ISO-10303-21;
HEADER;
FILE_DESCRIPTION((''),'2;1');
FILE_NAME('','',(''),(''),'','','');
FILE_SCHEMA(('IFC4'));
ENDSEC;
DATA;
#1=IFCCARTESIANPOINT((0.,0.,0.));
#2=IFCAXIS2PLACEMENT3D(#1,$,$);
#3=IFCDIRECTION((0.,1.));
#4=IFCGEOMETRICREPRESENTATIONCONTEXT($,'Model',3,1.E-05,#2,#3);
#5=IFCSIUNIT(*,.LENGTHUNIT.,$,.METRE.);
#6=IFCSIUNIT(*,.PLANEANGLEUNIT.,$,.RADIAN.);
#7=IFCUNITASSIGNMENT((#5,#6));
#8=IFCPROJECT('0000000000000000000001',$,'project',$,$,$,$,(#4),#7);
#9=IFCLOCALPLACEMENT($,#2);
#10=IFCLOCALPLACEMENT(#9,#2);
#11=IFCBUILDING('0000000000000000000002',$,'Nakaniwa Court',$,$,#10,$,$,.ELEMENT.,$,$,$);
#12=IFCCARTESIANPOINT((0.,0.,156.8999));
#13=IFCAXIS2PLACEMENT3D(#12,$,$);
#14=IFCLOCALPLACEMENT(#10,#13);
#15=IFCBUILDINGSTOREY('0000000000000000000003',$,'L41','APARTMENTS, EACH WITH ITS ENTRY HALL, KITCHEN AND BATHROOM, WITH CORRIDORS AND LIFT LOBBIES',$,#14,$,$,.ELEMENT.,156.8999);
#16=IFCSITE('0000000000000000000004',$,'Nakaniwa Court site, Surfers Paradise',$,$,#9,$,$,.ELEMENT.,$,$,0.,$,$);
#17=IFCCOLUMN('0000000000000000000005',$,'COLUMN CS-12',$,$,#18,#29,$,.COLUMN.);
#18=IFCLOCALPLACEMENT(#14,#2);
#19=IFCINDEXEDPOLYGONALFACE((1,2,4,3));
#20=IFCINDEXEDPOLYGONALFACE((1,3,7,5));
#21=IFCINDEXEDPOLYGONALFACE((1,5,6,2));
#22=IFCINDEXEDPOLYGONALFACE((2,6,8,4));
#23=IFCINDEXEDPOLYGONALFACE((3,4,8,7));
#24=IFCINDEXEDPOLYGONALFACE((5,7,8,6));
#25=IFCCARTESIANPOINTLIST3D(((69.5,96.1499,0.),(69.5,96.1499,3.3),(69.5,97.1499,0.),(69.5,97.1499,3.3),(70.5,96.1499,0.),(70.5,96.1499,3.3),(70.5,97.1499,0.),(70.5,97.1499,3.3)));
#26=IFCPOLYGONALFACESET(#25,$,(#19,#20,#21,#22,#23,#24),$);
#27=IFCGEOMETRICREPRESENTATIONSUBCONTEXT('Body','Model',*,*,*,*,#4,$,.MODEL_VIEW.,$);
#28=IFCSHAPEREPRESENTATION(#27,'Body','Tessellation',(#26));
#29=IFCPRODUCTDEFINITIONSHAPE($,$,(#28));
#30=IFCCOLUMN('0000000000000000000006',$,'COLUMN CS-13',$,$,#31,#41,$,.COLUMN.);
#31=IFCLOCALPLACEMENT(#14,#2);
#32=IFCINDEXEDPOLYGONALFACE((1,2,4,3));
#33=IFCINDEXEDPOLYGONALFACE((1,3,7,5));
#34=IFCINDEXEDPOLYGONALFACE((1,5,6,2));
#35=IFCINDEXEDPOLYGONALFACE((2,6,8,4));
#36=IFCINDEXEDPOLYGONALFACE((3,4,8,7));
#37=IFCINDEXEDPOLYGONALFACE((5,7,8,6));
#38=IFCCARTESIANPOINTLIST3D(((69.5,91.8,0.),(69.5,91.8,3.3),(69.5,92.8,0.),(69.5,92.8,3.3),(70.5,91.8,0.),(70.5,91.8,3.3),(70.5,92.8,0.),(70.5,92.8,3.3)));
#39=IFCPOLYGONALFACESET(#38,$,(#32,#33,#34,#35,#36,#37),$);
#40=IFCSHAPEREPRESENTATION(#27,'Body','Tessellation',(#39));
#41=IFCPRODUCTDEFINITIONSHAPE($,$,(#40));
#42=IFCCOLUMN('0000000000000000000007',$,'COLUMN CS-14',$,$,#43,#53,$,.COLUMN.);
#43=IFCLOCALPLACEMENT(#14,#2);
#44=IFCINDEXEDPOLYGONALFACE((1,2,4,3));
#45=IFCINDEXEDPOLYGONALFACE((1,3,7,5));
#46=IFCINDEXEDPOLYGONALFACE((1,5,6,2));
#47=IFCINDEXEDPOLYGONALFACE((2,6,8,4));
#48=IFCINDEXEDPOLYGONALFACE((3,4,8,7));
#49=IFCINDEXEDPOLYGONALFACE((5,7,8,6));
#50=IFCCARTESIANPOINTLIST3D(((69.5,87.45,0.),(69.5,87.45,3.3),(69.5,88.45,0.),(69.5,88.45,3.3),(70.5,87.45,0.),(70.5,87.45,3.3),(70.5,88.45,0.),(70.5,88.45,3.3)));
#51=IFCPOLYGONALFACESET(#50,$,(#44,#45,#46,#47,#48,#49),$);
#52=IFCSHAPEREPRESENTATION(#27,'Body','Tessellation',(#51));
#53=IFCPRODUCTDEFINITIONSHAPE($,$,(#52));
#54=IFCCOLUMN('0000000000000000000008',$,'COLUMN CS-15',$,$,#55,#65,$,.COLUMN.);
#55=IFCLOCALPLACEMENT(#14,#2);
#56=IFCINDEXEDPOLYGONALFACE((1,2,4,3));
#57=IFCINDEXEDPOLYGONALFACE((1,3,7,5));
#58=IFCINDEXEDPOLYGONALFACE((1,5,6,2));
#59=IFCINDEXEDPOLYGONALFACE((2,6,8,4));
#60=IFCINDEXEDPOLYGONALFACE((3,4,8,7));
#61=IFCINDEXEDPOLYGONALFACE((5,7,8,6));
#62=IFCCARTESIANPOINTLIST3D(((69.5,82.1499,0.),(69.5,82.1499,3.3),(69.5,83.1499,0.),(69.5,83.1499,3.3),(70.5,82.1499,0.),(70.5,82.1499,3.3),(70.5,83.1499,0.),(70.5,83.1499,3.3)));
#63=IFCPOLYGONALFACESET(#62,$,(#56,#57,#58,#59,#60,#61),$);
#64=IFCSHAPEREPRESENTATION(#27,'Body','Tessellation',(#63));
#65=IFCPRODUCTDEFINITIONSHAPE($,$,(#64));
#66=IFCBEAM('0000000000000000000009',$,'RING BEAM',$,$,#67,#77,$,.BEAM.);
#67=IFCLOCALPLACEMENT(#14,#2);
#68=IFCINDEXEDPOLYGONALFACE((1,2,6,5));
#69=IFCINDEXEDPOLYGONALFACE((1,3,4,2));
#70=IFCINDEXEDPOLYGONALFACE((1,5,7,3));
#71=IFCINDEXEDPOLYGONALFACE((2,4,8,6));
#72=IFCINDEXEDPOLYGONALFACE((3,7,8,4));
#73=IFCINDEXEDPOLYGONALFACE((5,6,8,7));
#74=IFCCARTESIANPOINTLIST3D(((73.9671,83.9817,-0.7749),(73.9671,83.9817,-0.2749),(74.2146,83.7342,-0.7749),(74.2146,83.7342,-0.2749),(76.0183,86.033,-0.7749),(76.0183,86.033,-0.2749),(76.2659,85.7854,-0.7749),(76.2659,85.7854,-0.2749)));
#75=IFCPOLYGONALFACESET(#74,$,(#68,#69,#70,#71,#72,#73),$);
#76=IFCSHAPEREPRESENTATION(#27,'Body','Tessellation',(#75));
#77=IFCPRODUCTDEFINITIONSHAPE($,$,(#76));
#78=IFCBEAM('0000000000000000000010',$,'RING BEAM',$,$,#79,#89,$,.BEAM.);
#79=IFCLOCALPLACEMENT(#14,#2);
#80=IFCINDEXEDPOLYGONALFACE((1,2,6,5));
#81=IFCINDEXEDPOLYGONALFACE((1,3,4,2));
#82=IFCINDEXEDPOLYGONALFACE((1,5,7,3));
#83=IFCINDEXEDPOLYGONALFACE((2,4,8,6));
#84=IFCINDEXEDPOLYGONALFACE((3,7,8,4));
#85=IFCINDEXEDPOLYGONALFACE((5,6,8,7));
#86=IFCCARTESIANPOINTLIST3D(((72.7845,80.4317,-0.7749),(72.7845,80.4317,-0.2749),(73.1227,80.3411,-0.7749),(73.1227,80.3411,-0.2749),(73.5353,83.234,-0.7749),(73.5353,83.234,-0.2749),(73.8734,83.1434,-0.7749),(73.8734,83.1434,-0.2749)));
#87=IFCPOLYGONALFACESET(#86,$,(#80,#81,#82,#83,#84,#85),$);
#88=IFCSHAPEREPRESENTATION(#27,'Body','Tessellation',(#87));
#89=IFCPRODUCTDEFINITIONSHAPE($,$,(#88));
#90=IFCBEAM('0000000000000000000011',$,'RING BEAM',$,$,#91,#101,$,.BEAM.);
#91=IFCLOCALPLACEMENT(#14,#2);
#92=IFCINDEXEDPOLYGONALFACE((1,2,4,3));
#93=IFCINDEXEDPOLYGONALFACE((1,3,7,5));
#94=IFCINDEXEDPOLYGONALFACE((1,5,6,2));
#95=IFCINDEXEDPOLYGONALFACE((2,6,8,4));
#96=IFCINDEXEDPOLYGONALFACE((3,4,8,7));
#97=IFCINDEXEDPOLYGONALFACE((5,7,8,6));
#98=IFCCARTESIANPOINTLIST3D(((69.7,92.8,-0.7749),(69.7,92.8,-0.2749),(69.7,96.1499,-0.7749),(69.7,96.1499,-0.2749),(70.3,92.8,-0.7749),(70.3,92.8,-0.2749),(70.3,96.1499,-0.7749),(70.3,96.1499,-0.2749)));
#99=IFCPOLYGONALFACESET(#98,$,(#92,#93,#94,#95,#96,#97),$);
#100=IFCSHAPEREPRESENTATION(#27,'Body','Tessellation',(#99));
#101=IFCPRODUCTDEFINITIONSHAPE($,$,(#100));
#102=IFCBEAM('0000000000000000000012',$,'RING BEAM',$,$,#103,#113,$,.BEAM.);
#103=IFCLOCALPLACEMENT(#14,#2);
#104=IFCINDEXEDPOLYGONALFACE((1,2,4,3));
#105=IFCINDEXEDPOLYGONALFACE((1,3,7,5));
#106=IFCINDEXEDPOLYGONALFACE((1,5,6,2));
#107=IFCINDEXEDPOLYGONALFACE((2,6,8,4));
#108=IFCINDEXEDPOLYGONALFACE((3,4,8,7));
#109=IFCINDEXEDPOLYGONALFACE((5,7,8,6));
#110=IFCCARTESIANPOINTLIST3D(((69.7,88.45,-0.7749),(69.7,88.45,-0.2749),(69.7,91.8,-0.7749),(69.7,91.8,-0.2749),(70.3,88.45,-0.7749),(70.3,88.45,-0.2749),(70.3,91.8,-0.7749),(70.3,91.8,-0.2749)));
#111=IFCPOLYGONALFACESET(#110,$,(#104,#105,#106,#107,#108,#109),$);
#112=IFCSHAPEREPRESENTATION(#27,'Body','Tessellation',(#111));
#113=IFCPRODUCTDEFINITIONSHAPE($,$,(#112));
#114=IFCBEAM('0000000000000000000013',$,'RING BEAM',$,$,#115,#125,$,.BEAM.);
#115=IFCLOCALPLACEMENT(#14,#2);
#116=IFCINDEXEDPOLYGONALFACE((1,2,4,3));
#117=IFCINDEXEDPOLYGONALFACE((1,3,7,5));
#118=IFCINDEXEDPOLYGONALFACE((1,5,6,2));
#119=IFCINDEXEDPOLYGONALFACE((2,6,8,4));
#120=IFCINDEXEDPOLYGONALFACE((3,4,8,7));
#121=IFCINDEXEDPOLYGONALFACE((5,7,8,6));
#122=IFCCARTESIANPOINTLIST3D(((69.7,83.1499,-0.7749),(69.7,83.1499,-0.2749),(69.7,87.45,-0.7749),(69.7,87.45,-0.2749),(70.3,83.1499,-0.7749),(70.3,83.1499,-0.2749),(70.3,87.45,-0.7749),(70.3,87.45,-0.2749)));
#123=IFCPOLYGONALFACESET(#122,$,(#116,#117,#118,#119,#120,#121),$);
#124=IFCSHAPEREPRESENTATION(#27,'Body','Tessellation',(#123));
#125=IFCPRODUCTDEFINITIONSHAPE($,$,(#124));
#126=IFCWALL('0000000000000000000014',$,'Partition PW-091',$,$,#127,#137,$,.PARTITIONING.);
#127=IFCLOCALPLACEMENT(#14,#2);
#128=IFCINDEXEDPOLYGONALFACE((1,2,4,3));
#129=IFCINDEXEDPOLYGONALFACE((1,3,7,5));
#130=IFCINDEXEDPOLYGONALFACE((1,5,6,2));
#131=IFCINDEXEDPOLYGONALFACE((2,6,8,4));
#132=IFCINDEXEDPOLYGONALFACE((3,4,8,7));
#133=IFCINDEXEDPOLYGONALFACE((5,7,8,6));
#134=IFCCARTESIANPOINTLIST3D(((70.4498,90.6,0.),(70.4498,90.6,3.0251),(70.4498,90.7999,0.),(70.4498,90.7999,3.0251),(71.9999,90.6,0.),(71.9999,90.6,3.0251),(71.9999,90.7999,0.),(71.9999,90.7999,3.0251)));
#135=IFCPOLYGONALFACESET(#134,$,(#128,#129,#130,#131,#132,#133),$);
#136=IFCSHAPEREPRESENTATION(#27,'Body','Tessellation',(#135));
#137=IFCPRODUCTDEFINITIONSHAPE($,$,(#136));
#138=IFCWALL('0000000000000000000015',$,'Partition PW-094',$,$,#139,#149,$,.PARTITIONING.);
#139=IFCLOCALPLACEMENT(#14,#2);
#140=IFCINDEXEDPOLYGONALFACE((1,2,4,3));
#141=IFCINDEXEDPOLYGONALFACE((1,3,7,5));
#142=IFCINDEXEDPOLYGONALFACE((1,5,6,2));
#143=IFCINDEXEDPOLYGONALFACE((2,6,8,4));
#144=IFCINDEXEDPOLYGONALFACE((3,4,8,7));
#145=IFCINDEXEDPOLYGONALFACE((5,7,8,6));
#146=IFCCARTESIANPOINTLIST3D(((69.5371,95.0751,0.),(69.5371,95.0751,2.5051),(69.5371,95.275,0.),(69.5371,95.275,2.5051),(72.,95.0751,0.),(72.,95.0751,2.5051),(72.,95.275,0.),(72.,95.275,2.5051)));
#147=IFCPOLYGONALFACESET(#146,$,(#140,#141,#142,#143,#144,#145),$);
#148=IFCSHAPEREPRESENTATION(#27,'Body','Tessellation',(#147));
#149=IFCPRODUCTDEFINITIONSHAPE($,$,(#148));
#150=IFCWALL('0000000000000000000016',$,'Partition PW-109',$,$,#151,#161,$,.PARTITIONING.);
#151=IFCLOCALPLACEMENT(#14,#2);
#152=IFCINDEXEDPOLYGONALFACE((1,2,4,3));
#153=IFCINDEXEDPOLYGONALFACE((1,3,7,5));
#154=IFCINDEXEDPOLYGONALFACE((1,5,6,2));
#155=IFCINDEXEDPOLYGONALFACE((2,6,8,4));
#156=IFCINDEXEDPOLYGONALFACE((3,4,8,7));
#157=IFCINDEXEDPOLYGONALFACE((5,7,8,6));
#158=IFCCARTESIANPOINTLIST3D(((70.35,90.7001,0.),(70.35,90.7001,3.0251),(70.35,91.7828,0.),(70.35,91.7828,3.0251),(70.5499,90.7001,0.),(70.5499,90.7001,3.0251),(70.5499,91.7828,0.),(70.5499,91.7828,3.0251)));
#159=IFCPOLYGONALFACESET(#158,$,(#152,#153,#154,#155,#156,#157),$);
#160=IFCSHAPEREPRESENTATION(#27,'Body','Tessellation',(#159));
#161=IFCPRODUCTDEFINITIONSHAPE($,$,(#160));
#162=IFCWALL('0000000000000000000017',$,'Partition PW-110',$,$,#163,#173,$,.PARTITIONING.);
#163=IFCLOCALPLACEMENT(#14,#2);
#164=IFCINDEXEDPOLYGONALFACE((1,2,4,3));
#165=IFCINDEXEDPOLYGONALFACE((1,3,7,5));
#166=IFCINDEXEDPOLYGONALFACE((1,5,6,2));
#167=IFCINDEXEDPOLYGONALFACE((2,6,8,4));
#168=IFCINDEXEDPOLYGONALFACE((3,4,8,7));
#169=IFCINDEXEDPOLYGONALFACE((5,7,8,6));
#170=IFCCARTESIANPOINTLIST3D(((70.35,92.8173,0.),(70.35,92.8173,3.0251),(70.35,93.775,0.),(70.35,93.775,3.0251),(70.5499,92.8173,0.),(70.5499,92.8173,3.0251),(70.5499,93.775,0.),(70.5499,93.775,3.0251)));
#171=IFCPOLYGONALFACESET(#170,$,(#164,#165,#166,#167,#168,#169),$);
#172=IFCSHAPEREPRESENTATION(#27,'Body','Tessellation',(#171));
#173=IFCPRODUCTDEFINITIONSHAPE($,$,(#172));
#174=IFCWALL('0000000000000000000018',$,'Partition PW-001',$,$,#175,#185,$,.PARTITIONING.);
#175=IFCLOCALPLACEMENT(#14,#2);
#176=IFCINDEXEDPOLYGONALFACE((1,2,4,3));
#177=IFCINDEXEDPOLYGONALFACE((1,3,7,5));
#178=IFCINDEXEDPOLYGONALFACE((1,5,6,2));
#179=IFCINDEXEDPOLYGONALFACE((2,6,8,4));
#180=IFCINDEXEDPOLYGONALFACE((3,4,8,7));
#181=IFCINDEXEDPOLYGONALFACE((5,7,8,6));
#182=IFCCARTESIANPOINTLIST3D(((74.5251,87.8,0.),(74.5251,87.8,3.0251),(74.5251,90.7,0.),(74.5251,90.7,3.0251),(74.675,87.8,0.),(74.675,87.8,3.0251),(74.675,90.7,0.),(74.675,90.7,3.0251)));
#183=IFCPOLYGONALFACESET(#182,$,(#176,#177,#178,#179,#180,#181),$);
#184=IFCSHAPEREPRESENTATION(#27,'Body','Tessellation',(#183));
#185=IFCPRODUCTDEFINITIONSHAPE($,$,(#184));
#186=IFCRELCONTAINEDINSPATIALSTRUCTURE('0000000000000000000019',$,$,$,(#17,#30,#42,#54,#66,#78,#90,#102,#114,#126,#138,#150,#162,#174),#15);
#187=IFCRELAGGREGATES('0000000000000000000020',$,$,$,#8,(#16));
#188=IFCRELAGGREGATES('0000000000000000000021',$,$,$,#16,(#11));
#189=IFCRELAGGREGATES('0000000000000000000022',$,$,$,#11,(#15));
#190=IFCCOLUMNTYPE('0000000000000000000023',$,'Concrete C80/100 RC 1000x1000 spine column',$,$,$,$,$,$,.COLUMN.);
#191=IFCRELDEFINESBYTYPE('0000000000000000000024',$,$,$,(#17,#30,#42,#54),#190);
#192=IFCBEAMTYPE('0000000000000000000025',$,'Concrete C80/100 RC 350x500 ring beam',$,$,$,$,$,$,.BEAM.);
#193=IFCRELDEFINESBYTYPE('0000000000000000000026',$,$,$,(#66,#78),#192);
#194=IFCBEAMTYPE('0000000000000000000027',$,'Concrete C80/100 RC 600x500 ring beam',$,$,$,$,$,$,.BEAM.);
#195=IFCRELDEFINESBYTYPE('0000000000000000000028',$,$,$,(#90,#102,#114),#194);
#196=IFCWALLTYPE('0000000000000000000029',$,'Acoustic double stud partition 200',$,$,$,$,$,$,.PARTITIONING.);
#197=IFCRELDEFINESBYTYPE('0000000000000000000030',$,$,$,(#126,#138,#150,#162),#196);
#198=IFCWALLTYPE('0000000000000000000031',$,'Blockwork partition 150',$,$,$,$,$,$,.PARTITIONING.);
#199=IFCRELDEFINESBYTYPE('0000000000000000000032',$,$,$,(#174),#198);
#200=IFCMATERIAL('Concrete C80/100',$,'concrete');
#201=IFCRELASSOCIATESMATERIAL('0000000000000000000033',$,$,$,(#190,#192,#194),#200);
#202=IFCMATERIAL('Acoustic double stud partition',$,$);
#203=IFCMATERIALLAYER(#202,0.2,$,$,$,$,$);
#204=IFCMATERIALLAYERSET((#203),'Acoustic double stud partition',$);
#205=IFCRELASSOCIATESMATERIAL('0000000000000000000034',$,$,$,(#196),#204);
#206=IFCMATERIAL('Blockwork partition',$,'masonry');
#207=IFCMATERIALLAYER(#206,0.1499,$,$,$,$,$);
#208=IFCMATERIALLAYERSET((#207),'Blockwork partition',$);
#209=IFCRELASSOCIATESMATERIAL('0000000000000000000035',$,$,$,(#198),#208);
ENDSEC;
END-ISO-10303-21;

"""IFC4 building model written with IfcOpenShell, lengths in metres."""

from ifc_helpers import new_model, si_unit, direction, frame, frame_2d, origin, origin_2d, place, context, subcontext, project, spatial, rectangle, extrude, material, layer, layer_set, material_profile, profile_set, type_object, element, save


model = new_model("IFC4")

# Units and contexts
model_context = context("Model", 3, precision=1e-05, world=origin(), true_north=direction((0.0, 1.0)))
body_context = subcontext(model_context, "Body", "Model", "MODEL_VIEW")
ifc_project = project(units=[si_unit("LENGTHUNIT", "METRE"), si_unit("PLANEANGLEUNIT", "RADIAN")], contexts=[model_context])

# Site, building, storey
site_placement = place(None, origin())
site = spatial("IfcSite", under=ifc_project, at=site_placement, Name="Nakaniwa Court site, Surfers Paradise", CompositionType="ELEMENT", RefElevation=0.0)
building_placement = place(site_placement, origin())
building = spatial("IfcBuilding", under=site, at=building_placement, Name="Nakaniwa Court", CompositionType="ELEMENT")
storey_placement = place(building_placement, frame((0.0, 0.0, 156.8999)))
storey = spatial("IfcBuildingStorey", under=building, at=storey_placement, Name="L41", Description="APARTMENTS, EACH WITH ITS ENTRY HALL, KITCHEN AND BATHROOM, WITH CORRIDORS AND LIFT LOBBIES", CompositionType="ELEMENT", Elevation=156.8999)

# Columns
ifc_material_1 = material(Name="Concrete C80/100", Category="concrete")
ifc_material_profile_1 = material_profile(ifc_material_1, rectangle(XDim=1.0, YDim=1.0, at=origin_2d()), Name="Concrete C80/100 RC 1000x1000 spine column")
ifc_profile_set_1 = profile_set([ifc_material_profile_1], Name="Concrete C80/100")
column_type_1 = type_object("IfcColumnType", Name="Concrete C80/100 RC 1000x1000 spine column", PredefinedType="COLUMN", material=ifc_profile_set_1)
for number, where, z_axis, x_axis, name in (
    (1, (70.0, 96.6499, 0.0), (0.0, 0.0, 1.0), (0.0, -1.0, 0.0), "COLUMN CS-12"),
    (2, (70.0, 92.3, 0.0), (0.0, 0.0, 1.0), (0.0, -1.0, 0.0), "COLUMN CS-13"),
    (3, (70.0, 87.95, 0.0), (0.0, 0.0, 1.0), (0.0, -1.0, 0.0), "COLUMN CS-14"),
    (4, (70.0, 82.6499, 0.0), (0.0, 0.0, 1.0), (0.0, -1.0, 0.0), "COLUMN CS-15"),
):
    element("IfcColumn", number, at=place(storey_placement, frame(where, z_axis=z_axis, x_axis=x_axis)), inside=storey, type_object=column_type_1, Name=name, PredefinedType="COLUMN", context=body_context, shape_type="SweptSolid", body=[
        extrude(rectangle(XDim=1.0, YDim=1.0, at=origin_2d()), origin(), (0.0, 0.0, 1.0), 3.3),
    ])

# Beams
ifc_material_profile_2 = material_profile(ifc_material_1, rectangle(XDim=0.3501, YDim=0.5, at=origin_2d()), Name="Concrete C80/100 RC 350x500 ring beam")
ifc_profile_set_2 = profile_set([ifc_material_profile_2], Name="Concrete C80/100")
beam_type_1 = type_object("IfcBeamType", Name="Concrete C80/100 RC 350x500 ring beam", PredefinedType="BEAM", material=ifc_profile_set_2)
beam_1_placement = place(storey_placement, frame((76.1421, 85.9092, -0.5249), z_axis=(-0.707107, -0.707107, 0.0), x_axis=(0.707107, -0.707107, 0.0)))
element("IfcBeam", 5, at=beam_1_placement, inside=storey, type_object=beam_type_1, Name="RING BEAM", PredefinedType="BEAM", context=body_context, shape_type="SweptSolid", body=[
    extrude(rectangle(XDim=0.3501, YDim=0.5, at=origin_2d()), origin(), (0.0, 0.0, 1.0), 2.9009),
])
beam_2_placement = place(storey_placement, frame((73.7043, 83.1887, -0.5249), z_axis=(-0.258778, -0.965937, 0.0), x_axis=(0.965937, -0.258778, 0.0)))
element("IfcBeam", 6, at=beam_2_placement, inside=storey, type_object=beam_type_1, Name="RING BEAM", PredefinedType="BEAM", context=body_context, shape_type="SweptSolid", body=[
    extrude(rectangle(XDim=0.3501, YDim=0.5, at=origin_2d()), origin(), (0.0, 0.0, 1.0), 2.9011),
])
ifc_material_profile_3 = material_profile(ifc_material_1, rectangle(XDim=0.6001, YDim=0.5, at=origin_2d()), Name="Concrete C80/100 RC 600x500 ring beam")
ifc_profile_set_3 = profile_set([ifc_material_profile_3], Name="Concrete C80/100")
beam_type_2 = type_object("IfcBeamType", Name="Concrete C80/100 RC 600x500 ring beam", PredefinedType="BEAM", material=ifc_profile_set_3)
beam_3_placement = place(storey_placement, frame((70.0, 96.1499, -0.5249), z_axis=(0.0, -1.0, 0.0), x_axis=(1.0, 0.0, 0.0)))
element("IfcBeam", 7, at=beam_3_placement, inside=storey, type_object=beam_type_2, Name="RING BEAM", PredefinedType="BEAM", context=body_context, shape_type="SweptSolid", body=[
    extrude(rectangle(XDim=0.6001, YDim=0.5, at=origin_2d()), origin(), (0.0, 0.0, 1.0), 3.3499),
])
beam_4_placement = place(storey_placement, frame((70.0, 91.8, -0.5249), z_axis=(0.0, -1.0, 0.0), x_axis=(1.0, 0.0, 0.0)))
element("IfcBeam", 8, at=beam_4_placement, inside=storey, type_object=beam_type_2, Name="RING BEAM", PredefinedType="BEAM", context=body_context, shape_type="SweptSolid", body=[
    extrude(rectangle(XDim=0.6001, YDim=0.5, at=origin_2d()), origin(), (0.0, 0.0, 1.0), 3.3501),
])
beam_5_placement = place(storey_placement, frame((70.0, 87.45, -0.5249), z_axis=(0.0, -1.0, 0.0), x_axis=(1.0, 0.0, 0.0)))
element("IfcBeam", 9, at=beam_5_placement, inside=storey, type_object=beam_type_2, Name="RING BEAM", PredefinedType="BEAM", context=body_context, shape_type="SweptSolid", body=[
    extrude(rectangle(XDim=0.6001, YDim=0.5, at=origin_2d()), origin(), (0.0, 0.0, 1.0), 4.3),
])

# Walls
ifc_material_2 = material(Name="Acoustic double stud partition")
ifc_layer_1 = layer(ifc_material_2, 0.2)
ifc_layer_set_1 = layer_set([ifc_layer_1], Name="Acoustic double stud partition")
wall_type_1 = type_object("IfcWallType", Name="Acoustic double stud partition 200", PredefinedType="PARTITIONING", material=ifc_layer_set_1)
wall_1_placement = place(storey_placement, frame((70.45, 90.7, 0.0), z_axis=(0.0, 0.0, 1.0), x_axis=(1.0, 0.0, 0.0)))
element("IfcWall", 10, at=wall_1_placement, inside=storey, type_object=wall_type_1, Name="Partition PW-091", PredefinedType="PARTITIONING", context=body_context, shape_type="SweptSolid", body=[
    extrude(rectangle(XDim=1.55, YDim=0.2, at=frame_2d((0.7749, 0.0))), origin(), (0.0, 0.0, 1.0), 3.0251),
])
wall_2_placement = place(storey_placement, frame((69.5371, 95.175, 0.0), z_axis=(0.0, 0.0, 1.0), x_axis=(1.0, 0.0, 0.0)))
element("IfcWall", 11, at=wall_2_placement, inside=storey, type_object=wall_type_1, Name="Partition PW-094", PredefinedType="PARTITIONING", context=body_context, shape_type="SweptSolid", body=[
    extrude(rectangle(XDim=2.4629, YDim=0.2, at=frame_2d((1.2314, 0.0))), origin(), (0.0, 0.0, 1.0), 2.5051),
])
wall_3_placement = place(storey_placement, frame((70.45, 90.7, 0.0), z_axis=(0.0, 0.0, 1.0), x_axis=(0.0, 1.0, 0.0)))
element("IfcWall", 12, at=wall_3_placement, inside=storey, type_object=wall_type_1, Name="Partition PW-109", PredefinedType="PARTITIONING", context=body_context, shape_type="SweptSolid", body=[
    extrude(rectangle(XDim=1.0828, YDim=0.2, at=frame_2d((0.5415, 0.0))), origin(), (0.0, 0.0, 1.0), 3.0251),
])
wall_4_placement = place(storey_placement, frame((70.45, 92.8171, 0.0), z_axis=(0.0, 0.0, 1.0), x_axis=(0.0, 1.0, 0.0)))
element("IfcWall", 13, at=wall_4_placement, inside=storey, type_object=wall_type_1, Name="Partition PW-110", PredefinedType="PARTITIONING", context=body_context, shape_type="SweptSolid", body=[
    extrude(rectangle(XDim=0.9578, YDim=0.2, at=frame_2d((0.479, 0.0))), origin(), (0.0, 0.0, 1.0), 3.0251),
])
ifc_material_3 = material(Name="Blockwork partition", Category="masonry")
ifc_layer_2 = layer(ifc_material_3, 0.1499)
ifc_layer_set_2 = layer_set([ifc_layer_2], Name="Blockwork partition")
wall_type_2 = type_object("IfcWallType", Name="Blockwork partition 150", PredefinedType="PARTITIONING", material=ifc_layer_set_2)
wall_5_placement = place(storey_placement, frame((74.6001, 87.8, 0.0), z_axis=(0.0, 0.0, 1.0), x_axis=(0.0, 1.0, 0.0)))
element("IfcWall", 14, at=wall_5_placement, inside=storey, type_object=wall_type_2, Name="Partition PW-001", PredefinedType="PARTITIONING", context=body_context, shape_type="SweptSolid", body=[
    extrude(rectangle(XDim=2.8999, YDim=0.1499, at=frame_2d((1.45, 0.0))), origin(), (0.0, 0.0, 1.0), 3.0251),
])

save(model, "model.ifc")
